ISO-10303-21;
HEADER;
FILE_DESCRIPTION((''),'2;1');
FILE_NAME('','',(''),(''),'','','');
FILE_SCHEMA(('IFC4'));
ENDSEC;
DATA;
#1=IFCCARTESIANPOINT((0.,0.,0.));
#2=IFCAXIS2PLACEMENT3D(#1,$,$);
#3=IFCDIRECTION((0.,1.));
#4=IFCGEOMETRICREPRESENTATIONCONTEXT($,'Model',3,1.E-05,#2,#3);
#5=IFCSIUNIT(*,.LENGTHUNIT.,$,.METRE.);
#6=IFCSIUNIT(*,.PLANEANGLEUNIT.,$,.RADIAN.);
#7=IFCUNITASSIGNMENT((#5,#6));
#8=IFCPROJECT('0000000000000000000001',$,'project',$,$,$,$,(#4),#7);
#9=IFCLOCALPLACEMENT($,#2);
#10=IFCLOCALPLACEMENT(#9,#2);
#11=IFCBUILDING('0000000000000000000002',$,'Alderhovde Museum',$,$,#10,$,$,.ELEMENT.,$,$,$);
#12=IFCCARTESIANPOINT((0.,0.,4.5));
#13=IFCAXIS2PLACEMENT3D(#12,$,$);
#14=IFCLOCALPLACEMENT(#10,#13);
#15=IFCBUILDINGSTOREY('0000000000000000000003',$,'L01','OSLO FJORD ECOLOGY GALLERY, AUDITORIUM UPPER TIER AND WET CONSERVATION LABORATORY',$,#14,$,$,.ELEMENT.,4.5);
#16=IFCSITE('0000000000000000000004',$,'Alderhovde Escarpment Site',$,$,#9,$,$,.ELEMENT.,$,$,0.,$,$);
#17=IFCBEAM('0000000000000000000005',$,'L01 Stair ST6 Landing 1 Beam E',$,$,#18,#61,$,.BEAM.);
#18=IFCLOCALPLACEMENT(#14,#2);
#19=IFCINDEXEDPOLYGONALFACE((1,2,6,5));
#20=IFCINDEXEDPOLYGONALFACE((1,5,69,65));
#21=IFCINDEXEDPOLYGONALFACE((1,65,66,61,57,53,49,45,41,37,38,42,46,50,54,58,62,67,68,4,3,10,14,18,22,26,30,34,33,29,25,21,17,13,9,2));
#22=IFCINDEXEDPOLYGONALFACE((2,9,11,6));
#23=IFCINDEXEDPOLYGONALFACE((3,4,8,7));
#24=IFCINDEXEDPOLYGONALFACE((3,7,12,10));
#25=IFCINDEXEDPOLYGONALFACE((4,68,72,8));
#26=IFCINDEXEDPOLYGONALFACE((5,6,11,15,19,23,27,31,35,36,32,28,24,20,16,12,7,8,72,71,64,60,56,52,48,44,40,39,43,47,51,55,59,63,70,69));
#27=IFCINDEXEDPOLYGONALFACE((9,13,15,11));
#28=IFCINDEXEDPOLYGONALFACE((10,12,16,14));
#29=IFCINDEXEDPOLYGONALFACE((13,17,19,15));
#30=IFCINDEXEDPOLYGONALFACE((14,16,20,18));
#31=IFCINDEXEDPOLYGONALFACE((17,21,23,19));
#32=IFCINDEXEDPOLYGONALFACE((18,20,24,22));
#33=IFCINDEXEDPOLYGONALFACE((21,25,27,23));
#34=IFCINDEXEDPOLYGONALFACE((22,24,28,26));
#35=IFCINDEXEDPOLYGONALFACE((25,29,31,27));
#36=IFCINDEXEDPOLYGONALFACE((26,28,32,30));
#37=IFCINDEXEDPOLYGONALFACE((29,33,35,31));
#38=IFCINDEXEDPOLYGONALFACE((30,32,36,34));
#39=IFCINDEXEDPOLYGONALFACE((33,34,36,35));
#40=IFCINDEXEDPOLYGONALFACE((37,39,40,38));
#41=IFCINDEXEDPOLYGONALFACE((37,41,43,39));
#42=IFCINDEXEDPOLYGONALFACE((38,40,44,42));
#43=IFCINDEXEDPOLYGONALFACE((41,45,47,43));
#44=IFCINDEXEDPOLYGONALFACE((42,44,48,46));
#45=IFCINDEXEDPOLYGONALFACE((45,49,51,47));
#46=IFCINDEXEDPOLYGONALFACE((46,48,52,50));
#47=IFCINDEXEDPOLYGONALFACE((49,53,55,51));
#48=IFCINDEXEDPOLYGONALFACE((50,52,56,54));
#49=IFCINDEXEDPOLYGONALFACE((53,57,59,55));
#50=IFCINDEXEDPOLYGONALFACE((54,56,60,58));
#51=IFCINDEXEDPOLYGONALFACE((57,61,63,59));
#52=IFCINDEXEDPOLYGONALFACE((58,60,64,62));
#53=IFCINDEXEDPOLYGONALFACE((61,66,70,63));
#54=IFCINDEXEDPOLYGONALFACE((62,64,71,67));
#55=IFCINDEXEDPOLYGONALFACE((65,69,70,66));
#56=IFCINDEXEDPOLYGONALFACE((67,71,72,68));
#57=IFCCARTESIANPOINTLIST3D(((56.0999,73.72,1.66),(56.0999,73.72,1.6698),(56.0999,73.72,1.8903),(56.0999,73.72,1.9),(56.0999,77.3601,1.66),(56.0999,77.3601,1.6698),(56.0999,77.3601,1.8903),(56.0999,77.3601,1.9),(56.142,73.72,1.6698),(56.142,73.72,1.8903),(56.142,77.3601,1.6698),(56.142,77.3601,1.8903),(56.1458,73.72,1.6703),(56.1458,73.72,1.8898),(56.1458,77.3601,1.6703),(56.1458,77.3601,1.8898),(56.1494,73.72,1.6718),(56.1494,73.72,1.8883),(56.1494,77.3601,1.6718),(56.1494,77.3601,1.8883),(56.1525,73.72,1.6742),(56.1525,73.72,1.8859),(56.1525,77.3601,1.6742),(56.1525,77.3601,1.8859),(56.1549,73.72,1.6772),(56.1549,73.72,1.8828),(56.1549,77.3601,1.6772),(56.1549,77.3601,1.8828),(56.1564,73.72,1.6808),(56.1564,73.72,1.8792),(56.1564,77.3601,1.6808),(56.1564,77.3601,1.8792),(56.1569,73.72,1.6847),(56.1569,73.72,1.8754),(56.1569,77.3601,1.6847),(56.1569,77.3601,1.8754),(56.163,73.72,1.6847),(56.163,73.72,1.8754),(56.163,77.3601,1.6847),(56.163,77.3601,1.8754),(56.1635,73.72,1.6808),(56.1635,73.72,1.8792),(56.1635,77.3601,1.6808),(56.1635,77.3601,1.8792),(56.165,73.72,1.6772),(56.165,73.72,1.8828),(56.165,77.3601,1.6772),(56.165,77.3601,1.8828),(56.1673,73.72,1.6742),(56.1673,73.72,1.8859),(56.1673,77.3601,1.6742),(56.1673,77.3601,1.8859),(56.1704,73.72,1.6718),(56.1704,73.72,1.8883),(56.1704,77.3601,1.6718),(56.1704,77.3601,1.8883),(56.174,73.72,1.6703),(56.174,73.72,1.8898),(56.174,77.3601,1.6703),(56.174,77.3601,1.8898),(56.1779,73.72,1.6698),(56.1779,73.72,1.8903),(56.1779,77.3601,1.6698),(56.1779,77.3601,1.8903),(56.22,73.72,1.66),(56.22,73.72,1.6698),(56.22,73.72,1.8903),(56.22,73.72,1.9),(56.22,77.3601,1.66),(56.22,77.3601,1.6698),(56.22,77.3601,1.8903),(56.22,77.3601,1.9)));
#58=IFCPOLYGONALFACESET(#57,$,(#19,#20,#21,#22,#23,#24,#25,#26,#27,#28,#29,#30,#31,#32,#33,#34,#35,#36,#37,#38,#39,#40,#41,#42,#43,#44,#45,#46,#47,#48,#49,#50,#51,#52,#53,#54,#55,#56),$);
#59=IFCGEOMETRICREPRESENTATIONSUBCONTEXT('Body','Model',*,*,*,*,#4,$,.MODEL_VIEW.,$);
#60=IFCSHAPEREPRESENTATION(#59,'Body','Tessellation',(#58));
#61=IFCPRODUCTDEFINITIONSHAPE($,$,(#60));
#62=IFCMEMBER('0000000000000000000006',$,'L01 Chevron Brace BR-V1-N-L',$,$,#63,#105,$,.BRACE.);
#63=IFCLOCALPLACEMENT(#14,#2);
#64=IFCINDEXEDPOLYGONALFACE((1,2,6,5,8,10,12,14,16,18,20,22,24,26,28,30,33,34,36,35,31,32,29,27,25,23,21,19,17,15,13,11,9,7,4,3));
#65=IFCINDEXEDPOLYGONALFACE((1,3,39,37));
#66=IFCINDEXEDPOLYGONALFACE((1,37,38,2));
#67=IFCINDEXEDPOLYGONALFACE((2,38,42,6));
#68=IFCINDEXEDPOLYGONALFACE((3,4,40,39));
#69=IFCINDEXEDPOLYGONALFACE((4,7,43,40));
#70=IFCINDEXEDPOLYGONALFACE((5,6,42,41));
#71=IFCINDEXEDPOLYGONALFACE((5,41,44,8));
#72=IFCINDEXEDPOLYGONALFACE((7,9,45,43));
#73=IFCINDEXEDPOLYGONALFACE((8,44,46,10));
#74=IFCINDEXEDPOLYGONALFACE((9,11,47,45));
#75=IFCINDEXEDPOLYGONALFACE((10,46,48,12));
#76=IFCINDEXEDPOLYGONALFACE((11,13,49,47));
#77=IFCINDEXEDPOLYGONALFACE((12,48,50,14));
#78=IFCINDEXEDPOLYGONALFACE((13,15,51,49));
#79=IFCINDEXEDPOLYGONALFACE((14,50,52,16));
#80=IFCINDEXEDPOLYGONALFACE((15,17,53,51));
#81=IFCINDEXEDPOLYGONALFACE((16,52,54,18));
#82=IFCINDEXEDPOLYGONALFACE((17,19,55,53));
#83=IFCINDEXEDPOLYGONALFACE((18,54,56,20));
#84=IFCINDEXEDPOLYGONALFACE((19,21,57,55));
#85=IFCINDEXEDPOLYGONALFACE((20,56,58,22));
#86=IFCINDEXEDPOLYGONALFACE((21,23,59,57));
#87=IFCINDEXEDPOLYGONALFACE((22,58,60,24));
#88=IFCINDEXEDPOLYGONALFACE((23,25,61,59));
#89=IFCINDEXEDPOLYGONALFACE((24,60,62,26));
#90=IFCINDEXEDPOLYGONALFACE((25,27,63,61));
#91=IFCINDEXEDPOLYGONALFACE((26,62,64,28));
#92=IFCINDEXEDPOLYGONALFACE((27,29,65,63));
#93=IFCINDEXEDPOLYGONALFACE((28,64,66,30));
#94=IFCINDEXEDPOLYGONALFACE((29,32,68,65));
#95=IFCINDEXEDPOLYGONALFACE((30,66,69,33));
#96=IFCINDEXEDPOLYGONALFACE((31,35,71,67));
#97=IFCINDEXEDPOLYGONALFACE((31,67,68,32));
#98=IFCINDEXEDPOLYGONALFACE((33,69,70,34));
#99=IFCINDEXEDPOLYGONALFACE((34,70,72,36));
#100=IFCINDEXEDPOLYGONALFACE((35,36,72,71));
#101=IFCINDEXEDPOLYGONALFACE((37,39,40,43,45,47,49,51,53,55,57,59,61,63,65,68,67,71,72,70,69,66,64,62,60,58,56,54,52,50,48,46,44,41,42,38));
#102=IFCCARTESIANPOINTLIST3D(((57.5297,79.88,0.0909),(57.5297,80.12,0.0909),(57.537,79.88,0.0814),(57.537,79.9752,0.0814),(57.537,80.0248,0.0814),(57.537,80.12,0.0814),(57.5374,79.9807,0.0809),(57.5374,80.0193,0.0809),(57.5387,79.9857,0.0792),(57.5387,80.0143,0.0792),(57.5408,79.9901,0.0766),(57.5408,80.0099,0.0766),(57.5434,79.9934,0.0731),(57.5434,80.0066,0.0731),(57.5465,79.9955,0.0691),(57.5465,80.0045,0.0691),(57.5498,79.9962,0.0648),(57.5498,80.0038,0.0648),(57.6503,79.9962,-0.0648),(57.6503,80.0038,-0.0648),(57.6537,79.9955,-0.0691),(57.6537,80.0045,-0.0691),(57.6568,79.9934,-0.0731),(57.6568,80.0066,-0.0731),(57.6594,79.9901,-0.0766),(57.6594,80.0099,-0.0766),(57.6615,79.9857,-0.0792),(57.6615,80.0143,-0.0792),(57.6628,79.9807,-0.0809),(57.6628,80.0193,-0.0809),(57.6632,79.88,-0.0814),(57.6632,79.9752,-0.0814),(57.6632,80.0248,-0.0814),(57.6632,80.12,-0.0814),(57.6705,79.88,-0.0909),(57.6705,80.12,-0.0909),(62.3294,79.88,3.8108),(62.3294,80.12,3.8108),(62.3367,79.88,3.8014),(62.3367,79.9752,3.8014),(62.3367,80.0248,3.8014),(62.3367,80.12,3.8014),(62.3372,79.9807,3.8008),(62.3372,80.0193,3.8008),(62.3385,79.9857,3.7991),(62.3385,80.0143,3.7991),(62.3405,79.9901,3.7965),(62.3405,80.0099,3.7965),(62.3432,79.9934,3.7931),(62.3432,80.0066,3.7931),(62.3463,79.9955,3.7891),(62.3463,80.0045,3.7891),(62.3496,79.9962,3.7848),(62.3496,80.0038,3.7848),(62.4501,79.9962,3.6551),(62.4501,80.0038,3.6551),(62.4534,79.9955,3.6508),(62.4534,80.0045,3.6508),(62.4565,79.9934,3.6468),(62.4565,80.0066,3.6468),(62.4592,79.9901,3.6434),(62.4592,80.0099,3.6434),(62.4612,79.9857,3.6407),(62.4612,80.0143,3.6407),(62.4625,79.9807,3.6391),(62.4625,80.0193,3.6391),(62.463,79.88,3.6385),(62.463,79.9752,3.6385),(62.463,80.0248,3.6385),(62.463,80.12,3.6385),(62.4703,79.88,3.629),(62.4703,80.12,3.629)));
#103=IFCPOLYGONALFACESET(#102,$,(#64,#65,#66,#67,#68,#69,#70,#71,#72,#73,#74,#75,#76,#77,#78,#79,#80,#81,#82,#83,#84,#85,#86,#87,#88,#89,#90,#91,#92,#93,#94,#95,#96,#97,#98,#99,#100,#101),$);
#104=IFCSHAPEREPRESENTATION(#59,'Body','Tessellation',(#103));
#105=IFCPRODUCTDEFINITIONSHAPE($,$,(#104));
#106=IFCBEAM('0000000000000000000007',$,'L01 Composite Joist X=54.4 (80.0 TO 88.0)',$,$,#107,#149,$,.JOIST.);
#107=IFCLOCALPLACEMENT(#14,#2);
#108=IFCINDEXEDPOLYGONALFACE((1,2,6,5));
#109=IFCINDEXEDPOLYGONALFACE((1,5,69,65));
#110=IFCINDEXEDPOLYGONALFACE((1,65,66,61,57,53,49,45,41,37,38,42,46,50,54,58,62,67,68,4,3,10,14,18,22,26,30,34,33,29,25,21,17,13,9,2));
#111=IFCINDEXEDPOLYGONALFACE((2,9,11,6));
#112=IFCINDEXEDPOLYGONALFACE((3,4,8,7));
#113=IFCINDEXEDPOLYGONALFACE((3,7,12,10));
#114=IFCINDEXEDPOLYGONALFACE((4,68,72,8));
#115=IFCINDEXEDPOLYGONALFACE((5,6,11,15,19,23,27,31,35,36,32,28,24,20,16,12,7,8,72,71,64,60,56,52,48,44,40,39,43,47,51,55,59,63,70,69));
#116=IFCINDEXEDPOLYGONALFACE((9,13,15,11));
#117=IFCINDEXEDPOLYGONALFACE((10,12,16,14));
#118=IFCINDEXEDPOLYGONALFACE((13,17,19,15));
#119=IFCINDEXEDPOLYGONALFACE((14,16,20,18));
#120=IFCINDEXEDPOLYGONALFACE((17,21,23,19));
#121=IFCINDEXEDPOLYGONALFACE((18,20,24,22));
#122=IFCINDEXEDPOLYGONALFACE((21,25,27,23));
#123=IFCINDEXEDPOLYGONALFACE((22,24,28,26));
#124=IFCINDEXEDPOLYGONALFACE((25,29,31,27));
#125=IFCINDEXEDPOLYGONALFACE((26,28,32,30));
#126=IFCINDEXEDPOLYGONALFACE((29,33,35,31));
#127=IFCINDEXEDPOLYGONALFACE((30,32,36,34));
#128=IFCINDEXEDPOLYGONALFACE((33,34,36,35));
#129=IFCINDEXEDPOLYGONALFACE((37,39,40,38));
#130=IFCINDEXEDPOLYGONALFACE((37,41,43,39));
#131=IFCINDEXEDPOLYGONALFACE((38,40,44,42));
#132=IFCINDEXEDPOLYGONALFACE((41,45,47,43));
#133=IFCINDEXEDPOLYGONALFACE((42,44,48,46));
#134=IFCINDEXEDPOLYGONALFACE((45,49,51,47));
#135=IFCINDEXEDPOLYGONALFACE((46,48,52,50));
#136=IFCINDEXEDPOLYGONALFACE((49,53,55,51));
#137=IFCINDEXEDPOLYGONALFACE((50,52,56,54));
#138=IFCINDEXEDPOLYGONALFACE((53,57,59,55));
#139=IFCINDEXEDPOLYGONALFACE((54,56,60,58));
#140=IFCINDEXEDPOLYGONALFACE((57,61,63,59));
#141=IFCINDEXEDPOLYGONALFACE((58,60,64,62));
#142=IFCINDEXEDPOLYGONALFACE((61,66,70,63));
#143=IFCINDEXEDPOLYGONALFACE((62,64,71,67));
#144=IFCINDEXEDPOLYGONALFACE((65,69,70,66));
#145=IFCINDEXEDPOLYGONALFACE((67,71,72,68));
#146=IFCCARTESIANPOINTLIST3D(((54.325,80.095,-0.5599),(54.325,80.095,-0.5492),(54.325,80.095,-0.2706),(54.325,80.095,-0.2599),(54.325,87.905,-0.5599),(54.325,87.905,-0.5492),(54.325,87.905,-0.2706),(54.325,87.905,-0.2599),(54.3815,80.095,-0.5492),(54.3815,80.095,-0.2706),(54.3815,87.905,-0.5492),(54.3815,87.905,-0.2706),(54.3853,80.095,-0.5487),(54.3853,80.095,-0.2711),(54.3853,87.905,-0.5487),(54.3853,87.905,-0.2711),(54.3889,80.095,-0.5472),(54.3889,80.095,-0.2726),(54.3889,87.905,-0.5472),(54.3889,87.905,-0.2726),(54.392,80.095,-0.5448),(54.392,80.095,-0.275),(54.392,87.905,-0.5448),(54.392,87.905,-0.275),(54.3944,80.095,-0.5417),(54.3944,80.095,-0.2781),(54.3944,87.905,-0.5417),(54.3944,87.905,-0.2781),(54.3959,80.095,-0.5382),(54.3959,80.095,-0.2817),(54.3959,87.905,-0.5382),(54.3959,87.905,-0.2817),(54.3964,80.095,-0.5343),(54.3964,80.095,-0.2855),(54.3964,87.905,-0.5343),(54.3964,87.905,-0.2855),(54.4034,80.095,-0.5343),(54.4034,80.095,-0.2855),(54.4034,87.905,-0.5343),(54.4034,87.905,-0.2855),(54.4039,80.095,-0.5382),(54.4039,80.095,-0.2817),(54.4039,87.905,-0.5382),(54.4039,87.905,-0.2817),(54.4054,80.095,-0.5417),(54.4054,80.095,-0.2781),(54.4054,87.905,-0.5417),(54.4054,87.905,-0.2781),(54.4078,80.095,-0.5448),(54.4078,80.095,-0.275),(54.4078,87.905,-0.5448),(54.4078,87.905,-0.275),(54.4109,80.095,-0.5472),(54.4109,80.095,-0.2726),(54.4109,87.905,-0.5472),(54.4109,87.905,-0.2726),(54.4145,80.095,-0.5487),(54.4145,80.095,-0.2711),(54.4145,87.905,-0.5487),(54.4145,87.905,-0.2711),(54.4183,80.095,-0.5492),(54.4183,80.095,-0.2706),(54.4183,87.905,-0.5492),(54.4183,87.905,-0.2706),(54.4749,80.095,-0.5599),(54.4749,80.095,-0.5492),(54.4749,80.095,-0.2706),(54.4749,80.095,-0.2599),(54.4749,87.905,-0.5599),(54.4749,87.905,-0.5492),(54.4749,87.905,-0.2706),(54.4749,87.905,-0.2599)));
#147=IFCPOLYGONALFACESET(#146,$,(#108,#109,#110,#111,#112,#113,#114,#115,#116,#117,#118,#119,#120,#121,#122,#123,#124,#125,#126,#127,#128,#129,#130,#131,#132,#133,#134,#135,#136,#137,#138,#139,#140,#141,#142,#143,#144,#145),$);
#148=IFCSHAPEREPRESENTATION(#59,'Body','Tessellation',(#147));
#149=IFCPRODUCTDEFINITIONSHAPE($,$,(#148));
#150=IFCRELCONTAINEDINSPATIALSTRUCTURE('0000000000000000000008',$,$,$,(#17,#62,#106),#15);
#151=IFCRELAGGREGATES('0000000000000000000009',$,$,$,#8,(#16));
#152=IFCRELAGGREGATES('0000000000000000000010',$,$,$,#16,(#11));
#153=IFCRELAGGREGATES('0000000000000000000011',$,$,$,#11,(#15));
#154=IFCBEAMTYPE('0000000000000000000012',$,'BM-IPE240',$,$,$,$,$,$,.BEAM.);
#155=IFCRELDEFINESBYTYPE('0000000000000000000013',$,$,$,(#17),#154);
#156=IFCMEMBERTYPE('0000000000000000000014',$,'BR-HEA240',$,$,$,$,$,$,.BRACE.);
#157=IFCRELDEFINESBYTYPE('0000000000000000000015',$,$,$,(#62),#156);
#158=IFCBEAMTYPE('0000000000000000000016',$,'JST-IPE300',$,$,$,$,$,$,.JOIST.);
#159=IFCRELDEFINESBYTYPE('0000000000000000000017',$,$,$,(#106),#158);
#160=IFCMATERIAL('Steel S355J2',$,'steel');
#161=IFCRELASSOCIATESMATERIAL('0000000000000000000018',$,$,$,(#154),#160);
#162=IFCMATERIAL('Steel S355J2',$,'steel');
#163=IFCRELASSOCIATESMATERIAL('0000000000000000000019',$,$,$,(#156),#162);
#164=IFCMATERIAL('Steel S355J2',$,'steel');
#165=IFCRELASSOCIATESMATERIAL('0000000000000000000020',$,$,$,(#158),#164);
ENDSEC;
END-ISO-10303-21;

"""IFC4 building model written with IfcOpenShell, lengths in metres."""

from ifc_helpers import new_model, si_unit, direction, frame, origin, origin_2d, place, context, subcontext, project, spatial, i_section, extrude, material, material_profile, profile_set, type_object, element, save


model = new_model("IFC4")

# Units and contexts
model_context = context("Model", 3, precision=1e-05, world=origin(), true_north=direction((0.0, 1.0)))
body_context = subcontext(model_context, "Body", "Model", "MODEL_VIEW")
ifc_project = project(units=[si_unit("LENGTHUNIT", "METRE"), si_unit("PLANEANGLEUNIT", "RADIAN")], contexts=[model_context])

# Site, building, storey
site_placement = place(None, origin())
site = spatial("IfcSite", under=ifc_project, at=site_placement, Name="Alderhovde Escarpment Site", CompositionType="ELEMENT", RefElevation=0.0)
building_placement = place(site_placement, origin())
building = spatial("IfcBuilding", under=site, at=building_placement, Name="Alderhovde Museum", CompositionType="ELEMENT")
storey_placement = place(building_placement, frame((0.0, 0.0, 4.5)))
storey = spatial("IfcBuildingStorey", under=building, at=storey_placement, Name="L01", Description="OSLO FJORD ECOLOGY GALLERY, AUDITORIUM UPPER TIER AND WET CONSERVATION LABORATORY", CompositionType="ELEMENT", Elevation=4.5)

# Beam
ifc_material_1 = material(Name="Steel S355J2", Category="steel")
ifc_material_profile_1 = material_profile(ifc_material_1, i_section(OverallWidth=0.1201, OverallDepth=0.24, WebThickness=0.0061, FlangeThickness=0.0098, FilletRadius=0.0149, at=origin_2d()), Name="IPE 240")
ifc_profile_set_1 = profile_set([ifc_material_profile_1], Name="Steel S355J2")
beam_type_1 = type_object("IfcBeamType", Name="BM-IPE240", PredefinedType="BEAM", material=ifc_profile_set_1)
for number, where, z_axis, x_axis, name in (
    (1, (56.1599, 73.72, 1.78), (0.0, 1.0, 0.0), (-1.0, 0.0, 0.0), "L01 Stair ST6 Landing 1 Beam E"),
):
    element("IfcBeam", number, at=place(storey_placement, frame(where, z_axis=z_axis, x_axis=x_axis)), inside=storey, type_object=beam_type_1, Name=name, PredefinedType="BEAM", context=body_context, shape_type="SweptSolid", body=[
        extrude(i_section(OverallWidth=0.1201, OverallDepth=0.24, WebThickness=0.0061, FlangeThickness=0.0098, FilletRadius=0.0149, at=origin_2d()), origin(), (0.0, 0.0, 1.0), 3.6401),
    ])

# Member
ifc_material_2 = material(Name="Steel S355J2", Category="steel")
ifc_material_profile_2 = material_profile(ifc_material_2, i_section(OverallWidth=0.24, OverallDepth=0.23, WebThickness=0.0076, FlangeThickness=0.012, FilletRadius=0.021, at=origin_2d()), Name="HEA 240")
ifc_profile_set_2 = profile_set([ifc_material_profile_2], Name="Steel S355J2")
member_type = type_object("IfcMemberType", Name="BR-HEA240", PredefinedType="BRACE", material=ifc_profile_set_2)
member_placement = place(storey_placement, frame((57.6001, 80.0, 0.0), z_axis=(0.790405, 0.0, 0.612584), x_axis=(0.0, 1.0, 0.0)))
element("IfcMember", 2, at=member_placement, inside=storey, type_object=member_type, Name="L01 Chevron Brace BR-V1-N-L", PredefinedType="BRACE", context=body_context, shape_type="SweptSolid", body=[
    extrude(i_section(OverallWidth=0.24, OverallDepth=0.23, WebThickness=0.0076, FlangeThickness=0.012, FilletRadius=0.021, at=origin_2d()), origin(), (0.0, 0.0, 1.0), 6.0725),
])

# Beam
ifc_material_3 = material(Name="Steel S355J2", Category="steel")
ifc_material_profile_3 = material_profile(ifc_material_3, i_section(OverallWidth=0.1499, OverallDepth=0.3, WebThickness=0.0071, FlangeThickness=0.0107, FilletRadius=0.0149, at=origin_2d()), Name="IPE 300")
ifc_profile_set_3 = profile_set([ifc_material_profile_3], Name="Steel S355J2")
beam_type_2 = type_object("IfcBeamType", Name="JST-IPE300", PredefinedType="JOIST", material=ifc_profile_set_3)
beam_1_placement = place(storey_placement, frame((54.3999, 80.095, -0.4099), z_axis=(0.0, 1.0, 0.0), x_axis=(-1.0, 0.0, 0.0)))
element("IfcBeam", 3, at=beam_1_placement, inside=storey, type_object=beam_type_2, Name="L01 Composite Joist X=54.4 (80.0 TO 88.0)", PredefinedType="JOIST", context=body_context, shape_type="SweptSolid", body=[
    extrude(i_section(OverallWidth=0.1499, OverallDepth=0.3, WebThickness=0.0071, FlangeThickness=0.0107, FilletRadius=0.0149, at=origin_2d()), origin(), (0.0, 0.0, 1.0), 7.8101),
])

save(model, "model.ifc")
